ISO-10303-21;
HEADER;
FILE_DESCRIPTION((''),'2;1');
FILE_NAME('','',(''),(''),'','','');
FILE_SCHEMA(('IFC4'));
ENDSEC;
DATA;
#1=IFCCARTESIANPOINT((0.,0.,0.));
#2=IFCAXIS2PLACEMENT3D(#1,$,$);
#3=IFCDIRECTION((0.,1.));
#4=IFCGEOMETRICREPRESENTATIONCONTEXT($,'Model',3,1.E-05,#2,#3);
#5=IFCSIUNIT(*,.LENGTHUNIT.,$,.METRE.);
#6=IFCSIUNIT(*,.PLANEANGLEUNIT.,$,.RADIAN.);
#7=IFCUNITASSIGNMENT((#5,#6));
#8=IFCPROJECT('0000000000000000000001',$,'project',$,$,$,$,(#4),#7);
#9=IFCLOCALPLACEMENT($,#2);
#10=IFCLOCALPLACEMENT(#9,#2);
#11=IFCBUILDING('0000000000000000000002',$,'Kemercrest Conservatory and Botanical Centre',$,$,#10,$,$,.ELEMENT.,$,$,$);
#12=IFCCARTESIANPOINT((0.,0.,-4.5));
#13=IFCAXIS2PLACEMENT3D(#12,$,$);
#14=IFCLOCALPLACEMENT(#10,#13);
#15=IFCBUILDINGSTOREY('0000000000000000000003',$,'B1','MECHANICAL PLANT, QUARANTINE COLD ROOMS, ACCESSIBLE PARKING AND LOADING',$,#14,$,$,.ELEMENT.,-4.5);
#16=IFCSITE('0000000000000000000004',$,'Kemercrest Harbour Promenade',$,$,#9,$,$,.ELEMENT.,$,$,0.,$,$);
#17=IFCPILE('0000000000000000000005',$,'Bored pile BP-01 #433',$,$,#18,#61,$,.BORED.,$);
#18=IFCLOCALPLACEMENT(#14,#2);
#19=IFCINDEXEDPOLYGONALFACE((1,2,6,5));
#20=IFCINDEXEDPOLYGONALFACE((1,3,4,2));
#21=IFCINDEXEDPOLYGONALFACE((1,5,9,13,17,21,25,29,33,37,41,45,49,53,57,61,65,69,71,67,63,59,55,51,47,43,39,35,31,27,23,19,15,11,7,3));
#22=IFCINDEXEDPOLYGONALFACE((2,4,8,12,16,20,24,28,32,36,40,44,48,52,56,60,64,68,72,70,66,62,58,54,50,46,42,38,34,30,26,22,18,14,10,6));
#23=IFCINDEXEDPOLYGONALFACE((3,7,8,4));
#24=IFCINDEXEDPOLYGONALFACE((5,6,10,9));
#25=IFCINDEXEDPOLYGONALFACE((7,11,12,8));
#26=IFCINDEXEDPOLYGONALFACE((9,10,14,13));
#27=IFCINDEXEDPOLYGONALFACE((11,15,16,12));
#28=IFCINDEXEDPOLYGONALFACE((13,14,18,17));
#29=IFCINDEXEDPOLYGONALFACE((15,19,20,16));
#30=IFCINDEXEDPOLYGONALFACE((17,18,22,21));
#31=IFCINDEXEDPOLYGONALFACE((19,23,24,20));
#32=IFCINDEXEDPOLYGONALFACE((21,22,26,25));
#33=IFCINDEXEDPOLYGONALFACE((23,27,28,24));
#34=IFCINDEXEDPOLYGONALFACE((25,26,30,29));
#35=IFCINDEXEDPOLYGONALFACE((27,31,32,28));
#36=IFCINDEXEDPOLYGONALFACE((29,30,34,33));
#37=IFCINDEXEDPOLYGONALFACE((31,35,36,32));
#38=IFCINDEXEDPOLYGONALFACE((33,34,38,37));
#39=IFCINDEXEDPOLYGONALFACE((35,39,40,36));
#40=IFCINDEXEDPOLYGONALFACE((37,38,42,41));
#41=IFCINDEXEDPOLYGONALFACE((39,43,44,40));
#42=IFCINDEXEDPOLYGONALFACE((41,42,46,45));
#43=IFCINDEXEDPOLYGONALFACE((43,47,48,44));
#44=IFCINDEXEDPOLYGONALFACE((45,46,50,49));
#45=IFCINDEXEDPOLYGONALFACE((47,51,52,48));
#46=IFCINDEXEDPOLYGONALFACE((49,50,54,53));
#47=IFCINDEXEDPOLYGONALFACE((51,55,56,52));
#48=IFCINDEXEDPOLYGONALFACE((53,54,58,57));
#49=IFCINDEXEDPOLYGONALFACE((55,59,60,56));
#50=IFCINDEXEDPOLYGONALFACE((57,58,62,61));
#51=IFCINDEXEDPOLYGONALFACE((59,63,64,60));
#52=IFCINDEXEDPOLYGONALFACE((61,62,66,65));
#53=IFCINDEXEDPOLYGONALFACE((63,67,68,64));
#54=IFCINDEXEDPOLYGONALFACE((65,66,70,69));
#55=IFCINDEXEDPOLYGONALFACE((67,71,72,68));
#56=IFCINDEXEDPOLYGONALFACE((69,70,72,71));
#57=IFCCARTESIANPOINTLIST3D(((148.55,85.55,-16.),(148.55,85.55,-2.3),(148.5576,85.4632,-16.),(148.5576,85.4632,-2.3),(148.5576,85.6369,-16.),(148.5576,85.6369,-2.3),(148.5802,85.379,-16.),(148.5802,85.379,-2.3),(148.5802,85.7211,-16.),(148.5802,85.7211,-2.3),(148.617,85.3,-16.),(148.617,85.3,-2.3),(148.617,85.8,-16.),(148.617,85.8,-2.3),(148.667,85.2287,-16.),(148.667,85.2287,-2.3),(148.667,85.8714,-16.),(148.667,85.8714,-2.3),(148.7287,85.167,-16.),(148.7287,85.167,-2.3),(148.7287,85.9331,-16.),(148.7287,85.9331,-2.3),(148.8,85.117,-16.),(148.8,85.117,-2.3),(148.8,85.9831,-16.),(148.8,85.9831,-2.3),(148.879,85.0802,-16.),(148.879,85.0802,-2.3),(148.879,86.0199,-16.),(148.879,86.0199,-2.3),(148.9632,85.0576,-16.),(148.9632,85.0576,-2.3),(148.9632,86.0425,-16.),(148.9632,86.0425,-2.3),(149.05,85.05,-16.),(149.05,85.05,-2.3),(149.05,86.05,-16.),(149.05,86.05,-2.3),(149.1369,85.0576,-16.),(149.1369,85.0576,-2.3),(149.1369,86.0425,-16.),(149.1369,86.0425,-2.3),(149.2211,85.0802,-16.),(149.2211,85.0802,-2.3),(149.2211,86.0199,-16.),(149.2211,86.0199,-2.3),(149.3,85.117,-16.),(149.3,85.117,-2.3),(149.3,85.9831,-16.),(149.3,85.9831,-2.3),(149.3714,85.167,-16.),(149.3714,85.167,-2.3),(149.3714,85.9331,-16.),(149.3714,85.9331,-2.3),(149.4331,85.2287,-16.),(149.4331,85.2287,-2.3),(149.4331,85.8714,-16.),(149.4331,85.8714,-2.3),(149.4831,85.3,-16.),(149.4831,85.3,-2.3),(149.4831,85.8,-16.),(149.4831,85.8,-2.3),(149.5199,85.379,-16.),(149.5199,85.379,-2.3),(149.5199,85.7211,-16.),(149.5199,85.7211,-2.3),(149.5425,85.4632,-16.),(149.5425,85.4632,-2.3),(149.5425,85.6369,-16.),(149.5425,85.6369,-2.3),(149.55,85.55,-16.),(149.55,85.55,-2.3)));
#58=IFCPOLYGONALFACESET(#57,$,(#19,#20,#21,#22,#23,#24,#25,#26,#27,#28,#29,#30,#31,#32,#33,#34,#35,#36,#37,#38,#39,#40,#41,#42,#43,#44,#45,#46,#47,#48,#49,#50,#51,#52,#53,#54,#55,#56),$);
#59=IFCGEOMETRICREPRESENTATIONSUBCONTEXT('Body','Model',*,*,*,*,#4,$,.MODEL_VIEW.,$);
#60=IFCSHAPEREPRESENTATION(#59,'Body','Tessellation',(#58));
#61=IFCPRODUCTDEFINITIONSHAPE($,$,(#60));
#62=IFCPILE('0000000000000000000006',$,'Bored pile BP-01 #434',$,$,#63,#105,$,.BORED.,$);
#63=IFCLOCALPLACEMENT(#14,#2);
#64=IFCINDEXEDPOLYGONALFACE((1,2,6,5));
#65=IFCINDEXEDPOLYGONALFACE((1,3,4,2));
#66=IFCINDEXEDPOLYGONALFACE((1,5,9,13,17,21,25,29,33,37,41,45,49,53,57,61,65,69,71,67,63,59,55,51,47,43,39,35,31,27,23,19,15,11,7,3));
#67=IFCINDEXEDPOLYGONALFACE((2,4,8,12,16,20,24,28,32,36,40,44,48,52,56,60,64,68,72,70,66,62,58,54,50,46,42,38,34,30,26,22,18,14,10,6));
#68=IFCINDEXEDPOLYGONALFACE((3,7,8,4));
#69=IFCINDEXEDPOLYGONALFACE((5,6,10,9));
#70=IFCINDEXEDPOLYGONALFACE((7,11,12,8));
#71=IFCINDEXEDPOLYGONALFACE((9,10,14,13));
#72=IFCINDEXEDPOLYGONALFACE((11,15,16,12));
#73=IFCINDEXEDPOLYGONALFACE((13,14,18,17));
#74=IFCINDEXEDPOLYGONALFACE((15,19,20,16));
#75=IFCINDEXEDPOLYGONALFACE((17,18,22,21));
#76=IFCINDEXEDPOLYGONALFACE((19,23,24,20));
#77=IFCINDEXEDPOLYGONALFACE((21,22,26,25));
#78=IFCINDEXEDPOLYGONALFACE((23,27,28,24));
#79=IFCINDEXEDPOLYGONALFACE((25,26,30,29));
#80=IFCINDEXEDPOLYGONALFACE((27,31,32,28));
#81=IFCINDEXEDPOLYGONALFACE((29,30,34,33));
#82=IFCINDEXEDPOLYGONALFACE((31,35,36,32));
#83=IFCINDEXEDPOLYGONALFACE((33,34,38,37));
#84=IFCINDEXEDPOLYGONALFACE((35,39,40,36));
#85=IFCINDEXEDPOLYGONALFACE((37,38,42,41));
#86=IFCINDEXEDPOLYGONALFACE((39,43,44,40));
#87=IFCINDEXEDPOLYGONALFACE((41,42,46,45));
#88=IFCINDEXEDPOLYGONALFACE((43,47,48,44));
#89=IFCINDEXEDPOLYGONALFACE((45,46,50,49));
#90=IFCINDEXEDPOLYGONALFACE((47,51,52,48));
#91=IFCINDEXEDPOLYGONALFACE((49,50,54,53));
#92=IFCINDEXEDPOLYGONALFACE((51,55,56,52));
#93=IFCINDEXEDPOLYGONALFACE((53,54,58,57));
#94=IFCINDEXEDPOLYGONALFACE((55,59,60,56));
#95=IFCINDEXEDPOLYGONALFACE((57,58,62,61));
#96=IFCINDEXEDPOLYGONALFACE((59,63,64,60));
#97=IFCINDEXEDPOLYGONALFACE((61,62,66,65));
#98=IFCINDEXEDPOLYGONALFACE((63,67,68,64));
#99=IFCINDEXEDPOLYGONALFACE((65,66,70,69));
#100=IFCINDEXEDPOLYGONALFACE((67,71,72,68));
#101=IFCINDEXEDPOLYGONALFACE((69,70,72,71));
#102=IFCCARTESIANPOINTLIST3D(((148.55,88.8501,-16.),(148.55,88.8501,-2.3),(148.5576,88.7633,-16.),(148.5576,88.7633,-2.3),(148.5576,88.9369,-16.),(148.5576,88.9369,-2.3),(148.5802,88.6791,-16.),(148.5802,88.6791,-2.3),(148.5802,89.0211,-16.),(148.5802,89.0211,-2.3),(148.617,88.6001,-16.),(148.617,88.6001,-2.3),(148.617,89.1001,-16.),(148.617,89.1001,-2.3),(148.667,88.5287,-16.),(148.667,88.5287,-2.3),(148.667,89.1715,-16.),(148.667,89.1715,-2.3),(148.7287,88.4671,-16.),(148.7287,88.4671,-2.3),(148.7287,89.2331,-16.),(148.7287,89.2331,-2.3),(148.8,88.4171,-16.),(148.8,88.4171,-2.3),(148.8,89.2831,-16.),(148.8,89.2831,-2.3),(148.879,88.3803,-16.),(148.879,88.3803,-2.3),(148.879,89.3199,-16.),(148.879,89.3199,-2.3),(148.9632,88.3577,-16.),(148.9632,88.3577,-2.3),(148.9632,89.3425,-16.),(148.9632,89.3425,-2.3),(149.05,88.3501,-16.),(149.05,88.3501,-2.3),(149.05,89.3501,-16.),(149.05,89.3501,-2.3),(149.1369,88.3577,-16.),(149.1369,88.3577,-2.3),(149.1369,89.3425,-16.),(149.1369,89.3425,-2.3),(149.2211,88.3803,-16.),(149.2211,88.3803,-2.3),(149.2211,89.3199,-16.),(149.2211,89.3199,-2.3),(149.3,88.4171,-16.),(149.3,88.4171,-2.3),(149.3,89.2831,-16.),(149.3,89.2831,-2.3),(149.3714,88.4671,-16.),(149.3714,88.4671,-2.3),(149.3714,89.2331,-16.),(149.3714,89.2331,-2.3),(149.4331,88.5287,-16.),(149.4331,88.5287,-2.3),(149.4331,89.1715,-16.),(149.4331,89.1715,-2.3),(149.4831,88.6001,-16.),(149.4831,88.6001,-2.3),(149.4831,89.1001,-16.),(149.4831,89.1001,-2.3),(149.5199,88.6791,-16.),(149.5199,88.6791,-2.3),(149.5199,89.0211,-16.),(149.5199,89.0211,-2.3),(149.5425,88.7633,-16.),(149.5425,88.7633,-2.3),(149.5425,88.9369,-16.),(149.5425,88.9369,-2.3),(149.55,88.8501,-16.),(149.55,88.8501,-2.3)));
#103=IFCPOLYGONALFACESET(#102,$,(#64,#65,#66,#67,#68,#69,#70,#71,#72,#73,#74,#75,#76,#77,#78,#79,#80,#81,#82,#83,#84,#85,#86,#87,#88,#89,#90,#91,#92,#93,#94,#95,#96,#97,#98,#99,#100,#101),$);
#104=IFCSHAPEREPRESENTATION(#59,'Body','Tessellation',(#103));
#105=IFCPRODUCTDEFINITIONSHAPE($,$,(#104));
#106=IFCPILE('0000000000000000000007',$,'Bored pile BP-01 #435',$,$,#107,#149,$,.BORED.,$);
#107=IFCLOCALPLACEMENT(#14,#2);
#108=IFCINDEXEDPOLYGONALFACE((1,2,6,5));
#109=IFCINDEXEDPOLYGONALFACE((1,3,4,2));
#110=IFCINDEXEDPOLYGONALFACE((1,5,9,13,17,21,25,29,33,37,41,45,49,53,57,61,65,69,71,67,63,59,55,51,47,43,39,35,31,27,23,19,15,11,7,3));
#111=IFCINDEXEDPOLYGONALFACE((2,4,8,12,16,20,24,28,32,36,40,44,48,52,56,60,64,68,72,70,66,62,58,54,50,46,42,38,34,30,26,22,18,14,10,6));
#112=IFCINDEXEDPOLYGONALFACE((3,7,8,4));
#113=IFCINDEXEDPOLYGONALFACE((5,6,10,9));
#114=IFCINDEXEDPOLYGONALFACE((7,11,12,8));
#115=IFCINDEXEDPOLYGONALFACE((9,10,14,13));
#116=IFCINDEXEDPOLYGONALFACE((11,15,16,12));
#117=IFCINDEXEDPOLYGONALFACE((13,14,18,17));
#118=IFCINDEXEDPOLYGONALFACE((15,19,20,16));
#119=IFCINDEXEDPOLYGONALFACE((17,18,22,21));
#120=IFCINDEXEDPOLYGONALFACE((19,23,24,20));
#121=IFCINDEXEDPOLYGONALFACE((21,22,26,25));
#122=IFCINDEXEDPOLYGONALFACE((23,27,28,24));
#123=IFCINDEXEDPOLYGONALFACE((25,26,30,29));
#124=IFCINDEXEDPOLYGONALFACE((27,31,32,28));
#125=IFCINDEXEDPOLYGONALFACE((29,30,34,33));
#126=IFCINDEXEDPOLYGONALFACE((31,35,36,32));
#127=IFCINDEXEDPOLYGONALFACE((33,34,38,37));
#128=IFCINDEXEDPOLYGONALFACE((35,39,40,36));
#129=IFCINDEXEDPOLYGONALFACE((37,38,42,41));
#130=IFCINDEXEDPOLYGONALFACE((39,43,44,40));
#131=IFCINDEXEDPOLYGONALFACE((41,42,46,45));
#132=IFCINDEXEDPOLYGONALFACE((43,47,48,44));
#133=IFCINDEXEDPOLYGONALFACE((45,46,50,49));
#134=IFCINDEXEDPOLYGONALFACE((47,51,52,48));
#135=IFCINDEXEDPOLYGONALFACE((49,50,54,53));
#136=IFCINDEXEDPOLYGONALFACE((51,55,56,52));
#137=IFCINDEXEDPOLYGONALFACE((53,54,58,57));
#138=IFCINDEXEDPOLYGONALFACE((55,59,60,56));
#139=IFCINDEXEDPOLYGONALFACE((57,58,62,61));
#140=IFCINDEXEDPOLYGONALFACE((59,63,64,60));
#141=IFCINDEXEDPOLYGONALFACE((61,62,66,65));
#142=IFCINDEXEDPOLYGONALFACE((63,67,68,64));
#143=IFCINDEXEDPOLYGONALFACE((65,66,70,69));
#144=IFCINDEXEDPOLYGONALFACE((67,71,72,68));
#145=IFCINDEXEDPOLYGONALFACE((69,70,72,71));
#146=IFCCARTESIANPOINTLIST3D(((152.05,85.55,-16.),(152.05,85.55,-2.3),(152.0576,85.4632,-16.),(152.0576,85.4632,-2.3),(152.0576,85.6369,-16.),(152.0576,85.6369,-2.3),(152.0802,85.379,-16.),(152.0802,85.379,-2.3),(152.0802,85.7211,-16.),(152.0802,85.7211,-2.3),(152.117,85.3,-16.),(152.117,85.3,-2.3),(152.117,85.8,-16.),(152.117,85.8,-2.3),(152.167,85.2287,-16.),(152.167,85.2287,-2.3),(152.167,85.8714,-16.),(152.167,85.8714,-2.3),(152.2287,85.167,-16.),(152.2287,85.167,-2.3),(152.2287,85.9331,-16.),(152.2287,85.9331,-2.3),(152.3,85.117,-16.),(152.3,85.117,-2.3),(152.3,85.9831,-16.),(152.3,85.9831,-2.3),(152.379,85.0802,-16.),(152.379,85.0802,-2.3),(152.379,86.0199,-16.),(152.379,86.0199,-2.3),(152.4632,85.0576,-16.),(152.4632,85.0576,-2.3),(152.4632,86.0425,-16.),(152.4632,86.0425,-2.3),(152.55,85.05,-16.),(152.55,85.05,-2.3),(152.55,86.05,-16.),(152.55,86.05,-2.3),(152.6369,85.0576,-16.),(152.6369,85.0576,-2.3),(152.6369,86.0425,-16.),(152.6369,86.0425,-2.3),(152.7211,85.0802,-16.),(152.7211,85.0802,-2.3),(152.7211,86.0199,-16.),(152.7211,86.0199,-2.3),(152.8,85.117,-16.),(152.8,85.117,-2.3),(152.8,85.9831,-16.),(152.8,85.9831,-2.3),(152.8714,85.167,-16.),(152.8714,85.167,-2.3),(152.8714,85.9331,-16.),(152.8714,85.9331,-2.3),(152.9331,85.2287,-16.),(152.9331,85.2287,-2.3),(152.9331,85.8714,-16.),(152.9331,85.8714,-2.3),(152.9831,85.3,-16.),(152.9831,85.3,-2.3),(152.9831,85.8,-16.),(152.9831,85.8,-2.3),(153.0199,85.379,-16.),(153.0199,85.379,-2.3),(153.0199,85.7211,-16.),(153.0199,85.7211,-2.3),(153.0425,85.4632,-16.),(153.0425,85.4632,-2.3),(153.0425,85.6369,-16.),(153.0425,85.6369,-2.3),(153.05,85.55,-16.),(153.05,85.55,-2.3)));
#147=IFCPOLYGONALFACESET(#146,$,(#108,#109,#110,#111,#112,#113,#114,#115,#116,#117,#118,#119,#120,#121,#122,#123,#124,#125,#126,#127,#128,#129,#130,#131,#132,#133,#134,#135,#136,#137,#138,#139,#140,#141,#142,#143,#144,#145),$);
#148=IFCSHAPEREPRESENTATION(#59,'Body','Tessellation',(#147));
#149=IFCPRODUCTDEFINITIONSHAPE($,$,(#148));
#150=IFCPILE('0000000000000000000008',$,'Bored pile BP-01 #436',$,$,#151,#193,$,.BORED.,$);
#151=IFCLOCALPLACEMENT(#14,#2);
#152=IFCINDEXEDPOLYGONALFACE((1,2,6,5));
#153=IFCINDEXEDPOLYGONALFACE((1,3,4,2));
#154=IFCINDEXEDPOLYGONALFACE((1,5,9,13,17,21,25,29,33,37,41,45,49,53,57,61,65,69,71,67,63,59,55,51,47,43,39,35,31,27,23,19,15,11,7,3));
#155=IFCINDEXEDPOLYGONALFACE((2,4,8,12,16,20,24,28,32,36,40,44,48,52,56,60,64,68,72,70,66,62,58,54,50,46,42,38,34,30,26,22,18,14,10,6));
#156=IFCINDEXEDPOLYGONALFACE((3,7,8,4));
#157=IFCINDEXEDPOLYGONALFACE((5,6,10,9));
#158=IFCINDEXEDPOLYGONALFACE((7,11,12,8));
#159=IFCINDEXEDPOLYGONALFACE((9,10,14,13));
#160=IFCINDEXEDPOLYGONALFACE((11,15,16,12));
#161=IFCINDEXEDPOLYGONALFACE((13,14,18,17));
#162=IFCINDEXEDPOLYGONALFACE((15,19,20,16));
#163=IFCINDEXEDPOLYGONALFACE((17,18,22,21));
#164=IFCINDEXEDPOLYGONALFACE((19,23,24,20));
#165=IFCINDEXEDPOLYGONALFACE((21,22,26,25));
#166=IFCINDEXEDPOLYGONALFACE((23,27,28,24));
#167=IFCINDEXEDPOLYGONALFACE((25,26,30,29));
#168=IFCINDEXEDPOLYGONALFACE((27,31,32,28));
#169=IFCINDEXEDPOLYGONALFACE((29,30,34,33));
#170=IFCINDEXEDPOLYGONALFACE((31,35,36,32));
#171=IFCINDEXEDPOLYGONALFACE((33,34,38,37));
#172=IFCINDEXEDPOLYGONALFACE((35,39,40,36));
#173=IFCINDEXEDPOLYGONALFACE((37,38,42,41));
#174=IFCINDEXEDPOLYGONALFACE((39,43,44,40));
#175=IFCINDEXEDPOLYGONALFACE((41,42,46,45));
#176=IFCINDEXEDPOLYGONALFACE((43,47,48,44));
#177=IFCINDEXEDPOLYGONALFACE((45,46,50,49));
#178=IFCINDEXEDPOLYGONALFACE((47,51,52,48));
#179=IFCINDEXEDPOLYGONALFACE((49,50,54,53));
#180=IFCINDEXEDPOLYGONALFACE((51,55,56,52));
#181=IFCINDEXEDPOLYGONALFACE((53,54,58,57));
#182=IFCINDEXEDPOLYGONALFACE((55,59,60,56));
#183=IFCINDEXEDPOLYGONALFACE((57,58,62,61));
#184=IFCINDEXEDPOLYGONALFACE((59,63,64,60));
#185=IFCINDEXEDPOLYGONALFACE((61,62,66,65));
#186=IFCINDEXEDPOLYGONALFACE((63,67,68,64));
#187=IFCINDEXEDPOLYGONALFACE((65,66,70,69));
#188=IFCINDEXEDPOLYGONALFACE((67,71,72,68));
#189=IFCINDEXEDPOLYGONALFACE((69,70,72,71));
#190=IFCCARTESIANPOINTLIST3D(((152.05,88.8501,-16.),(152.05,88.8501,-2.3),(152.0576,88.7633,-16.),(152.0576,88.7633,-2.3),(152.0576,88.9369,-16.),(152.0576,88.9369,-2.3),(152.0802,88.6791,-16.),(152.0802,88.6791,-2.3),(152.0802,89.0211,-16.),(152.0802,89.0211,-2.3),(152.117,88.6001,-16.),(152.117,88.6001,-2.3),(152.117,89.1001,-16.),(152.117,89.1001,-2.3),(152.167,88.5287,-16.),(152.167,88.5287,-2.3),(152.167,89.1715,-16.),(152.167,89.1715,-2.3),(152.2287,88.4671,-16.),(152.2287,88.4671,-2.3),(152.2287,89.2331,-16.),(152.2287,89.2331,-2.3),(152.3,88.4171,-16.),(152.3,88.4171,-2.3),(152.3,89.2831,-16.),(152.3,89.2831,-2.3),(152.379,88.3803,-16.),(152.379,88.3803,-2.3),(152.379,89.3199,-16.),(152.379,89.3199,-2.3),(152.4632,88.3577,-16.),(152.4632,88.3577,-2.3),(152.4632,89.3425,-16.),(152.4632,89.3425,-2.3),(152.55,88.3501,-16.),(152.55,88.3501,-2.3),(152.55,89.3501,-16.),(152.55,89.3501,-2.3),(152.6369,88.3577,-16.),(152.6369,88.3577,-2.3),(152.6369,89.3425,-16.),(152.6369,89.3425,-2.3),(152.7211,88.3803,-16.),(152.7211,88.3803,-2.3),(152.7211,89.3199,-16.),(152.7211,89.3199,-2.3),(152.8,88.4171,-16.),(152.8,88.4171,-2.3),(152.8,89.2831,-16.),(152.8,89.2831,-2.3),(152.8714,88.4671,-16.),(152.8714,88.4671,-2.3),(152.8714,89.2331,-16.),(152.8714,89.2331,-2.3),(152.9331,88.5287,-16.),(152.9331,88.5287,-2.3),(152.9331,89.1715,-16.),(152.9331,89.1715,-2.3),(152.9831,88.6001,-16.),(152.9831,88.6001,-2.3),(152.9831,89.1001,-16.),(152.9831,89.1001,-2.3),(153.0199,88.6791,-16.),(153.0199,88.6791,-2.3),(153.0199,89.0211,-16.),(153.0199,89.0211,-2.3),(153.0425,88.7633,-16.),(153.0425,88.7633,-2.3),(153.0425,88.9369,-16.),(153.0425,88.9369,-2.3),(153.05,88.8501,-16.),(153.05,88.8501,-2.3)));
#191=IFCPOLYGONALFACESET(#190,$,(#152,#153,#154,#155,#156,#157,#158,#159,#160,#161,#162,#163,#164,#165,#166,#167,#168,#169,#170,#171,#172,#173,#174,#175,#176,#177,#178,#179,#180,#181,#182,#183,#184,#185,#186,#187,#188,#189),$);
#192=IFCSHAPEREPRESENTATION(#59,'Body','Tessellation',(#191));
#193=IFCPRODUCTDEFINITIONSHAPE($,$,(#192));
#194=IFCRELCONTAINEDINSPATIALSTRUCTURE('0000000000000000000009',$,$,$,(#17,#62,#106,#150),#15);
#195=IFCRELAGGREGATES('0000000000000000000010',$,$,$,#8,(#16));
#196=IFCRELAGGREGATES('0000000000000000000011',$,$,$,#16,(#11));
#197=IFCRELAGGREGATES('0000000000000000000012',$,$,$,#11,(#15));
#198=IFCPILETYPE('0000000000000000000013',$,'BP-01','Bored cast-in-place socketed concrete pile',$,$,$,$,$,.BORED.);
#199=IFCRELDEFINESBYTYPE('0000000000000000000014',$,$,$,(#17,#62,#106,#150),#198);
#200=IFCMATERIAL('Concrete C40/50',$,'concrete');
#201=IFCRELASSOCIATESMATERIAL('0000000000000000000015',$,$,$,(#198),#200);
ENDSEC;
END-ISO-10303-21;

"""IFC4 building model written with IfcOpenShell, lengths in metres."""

from ifc_helpers import new_model, si_unit, direction, frame, origin, origin_2d, place, context, subcontext, project, spatial, circle, extrude, material, material_profile, profile_set, type_object, element, save


model = new_model("IFC4")

# Units and contexts
model_context = context("Model", 3, precision=1e-05, world=origin(), true_north=direction((0.0, 1.0)))
body_context = subcontext(model_context, "Body", "Model", "MODEL_VIEW")
ifc_project = project(units=[si_unit("LENGTHUNIT", "METRE"), si_unit("PLANEANGLEUNIT", "RADIAN")], contexts=[model_context])

# Site, building, storey
site_placement = place(None, origin())
site = spatial("IfcSite", under=ifc_project, at=site_placement, Name="Kemercrest Harbour Promenade", CompositionType="ELEMENT", RefElevation=0.0)
building_placement = place(site_placement, origin())
building = spatial("IfcBuilding", under=site, at=building_placement, Name="Kemercrest Conservatory and Botanical Centre", CompositionType="ELEMENT")
storey_placement = place(building_placement, frame((0.0, 0.0, -4.5)))
storey = spatial("IfcBuildingStorey", under=building, at=storey_placement, Name="B1", Description="MECHANICAL PLANT, QUARANTINE COLD ROOMS, ACCESSIBLE PARKING AND LOADING", CompositionType="ELEMENT", Elevation=-4.5)

# Piles
ifc_material_1 = material(Name="Concrete C40/50", Category="concrete")
ifc_material_profile_1 = material_profile(ifc_material_1, circle(Radius=0.5, at=origin_2d()), Name="BORED PILE 1000")
ifc_profile_set_1 = profile_set([ifc_material_profile_1], Name="Concrete C40/50")
pile_type = type_object("IfcPileType", Name="BP-01", Description="Bored cast-in-place socketed concrete pile", PredefinedType="BORED", material=ifc_profile_set_1)
for number, where, z_axis, x_axis, name in (
    (1, (149.05, 85.55, -2.3), (0.0, 0.0, -1.0), (1.0, 0.0, 0.0), "Bored pile BP-01 #433"),
    (2, (149.05, 88.8501, -2.3), (0.0, 0.0, -1.0), (1.0, 0.0, 0.0), "Bored pile BP-01 #434"),
    (3, (152.55, 85.55, -2.3), (0.0, 0.0, -1.0), (1.0, 0.0, 0.0), "Bored pile BP-01 #435"),
    (4, (152.55, 88.8501, -2.3), (0.0, 0.0, -1.0), (1.0, 0.0, 0.0), "Bored pile BP-01 #436"),
):
    element("IfcPile", number, at=place(storey_placement, frame(where, z_axis=z_axis, x_axis=x_axis)), inside=storey, type_object=pile_type, Name=name, PredefinedType="BORED", context=body_context, shape_type="SweptSolid", body=[
        extrude(circle(Radius=0.5, at=origin_2d()), origin(), (0.0, 0.0, 1.0), 13.7),
    ])

save(model, "model.ifc")
